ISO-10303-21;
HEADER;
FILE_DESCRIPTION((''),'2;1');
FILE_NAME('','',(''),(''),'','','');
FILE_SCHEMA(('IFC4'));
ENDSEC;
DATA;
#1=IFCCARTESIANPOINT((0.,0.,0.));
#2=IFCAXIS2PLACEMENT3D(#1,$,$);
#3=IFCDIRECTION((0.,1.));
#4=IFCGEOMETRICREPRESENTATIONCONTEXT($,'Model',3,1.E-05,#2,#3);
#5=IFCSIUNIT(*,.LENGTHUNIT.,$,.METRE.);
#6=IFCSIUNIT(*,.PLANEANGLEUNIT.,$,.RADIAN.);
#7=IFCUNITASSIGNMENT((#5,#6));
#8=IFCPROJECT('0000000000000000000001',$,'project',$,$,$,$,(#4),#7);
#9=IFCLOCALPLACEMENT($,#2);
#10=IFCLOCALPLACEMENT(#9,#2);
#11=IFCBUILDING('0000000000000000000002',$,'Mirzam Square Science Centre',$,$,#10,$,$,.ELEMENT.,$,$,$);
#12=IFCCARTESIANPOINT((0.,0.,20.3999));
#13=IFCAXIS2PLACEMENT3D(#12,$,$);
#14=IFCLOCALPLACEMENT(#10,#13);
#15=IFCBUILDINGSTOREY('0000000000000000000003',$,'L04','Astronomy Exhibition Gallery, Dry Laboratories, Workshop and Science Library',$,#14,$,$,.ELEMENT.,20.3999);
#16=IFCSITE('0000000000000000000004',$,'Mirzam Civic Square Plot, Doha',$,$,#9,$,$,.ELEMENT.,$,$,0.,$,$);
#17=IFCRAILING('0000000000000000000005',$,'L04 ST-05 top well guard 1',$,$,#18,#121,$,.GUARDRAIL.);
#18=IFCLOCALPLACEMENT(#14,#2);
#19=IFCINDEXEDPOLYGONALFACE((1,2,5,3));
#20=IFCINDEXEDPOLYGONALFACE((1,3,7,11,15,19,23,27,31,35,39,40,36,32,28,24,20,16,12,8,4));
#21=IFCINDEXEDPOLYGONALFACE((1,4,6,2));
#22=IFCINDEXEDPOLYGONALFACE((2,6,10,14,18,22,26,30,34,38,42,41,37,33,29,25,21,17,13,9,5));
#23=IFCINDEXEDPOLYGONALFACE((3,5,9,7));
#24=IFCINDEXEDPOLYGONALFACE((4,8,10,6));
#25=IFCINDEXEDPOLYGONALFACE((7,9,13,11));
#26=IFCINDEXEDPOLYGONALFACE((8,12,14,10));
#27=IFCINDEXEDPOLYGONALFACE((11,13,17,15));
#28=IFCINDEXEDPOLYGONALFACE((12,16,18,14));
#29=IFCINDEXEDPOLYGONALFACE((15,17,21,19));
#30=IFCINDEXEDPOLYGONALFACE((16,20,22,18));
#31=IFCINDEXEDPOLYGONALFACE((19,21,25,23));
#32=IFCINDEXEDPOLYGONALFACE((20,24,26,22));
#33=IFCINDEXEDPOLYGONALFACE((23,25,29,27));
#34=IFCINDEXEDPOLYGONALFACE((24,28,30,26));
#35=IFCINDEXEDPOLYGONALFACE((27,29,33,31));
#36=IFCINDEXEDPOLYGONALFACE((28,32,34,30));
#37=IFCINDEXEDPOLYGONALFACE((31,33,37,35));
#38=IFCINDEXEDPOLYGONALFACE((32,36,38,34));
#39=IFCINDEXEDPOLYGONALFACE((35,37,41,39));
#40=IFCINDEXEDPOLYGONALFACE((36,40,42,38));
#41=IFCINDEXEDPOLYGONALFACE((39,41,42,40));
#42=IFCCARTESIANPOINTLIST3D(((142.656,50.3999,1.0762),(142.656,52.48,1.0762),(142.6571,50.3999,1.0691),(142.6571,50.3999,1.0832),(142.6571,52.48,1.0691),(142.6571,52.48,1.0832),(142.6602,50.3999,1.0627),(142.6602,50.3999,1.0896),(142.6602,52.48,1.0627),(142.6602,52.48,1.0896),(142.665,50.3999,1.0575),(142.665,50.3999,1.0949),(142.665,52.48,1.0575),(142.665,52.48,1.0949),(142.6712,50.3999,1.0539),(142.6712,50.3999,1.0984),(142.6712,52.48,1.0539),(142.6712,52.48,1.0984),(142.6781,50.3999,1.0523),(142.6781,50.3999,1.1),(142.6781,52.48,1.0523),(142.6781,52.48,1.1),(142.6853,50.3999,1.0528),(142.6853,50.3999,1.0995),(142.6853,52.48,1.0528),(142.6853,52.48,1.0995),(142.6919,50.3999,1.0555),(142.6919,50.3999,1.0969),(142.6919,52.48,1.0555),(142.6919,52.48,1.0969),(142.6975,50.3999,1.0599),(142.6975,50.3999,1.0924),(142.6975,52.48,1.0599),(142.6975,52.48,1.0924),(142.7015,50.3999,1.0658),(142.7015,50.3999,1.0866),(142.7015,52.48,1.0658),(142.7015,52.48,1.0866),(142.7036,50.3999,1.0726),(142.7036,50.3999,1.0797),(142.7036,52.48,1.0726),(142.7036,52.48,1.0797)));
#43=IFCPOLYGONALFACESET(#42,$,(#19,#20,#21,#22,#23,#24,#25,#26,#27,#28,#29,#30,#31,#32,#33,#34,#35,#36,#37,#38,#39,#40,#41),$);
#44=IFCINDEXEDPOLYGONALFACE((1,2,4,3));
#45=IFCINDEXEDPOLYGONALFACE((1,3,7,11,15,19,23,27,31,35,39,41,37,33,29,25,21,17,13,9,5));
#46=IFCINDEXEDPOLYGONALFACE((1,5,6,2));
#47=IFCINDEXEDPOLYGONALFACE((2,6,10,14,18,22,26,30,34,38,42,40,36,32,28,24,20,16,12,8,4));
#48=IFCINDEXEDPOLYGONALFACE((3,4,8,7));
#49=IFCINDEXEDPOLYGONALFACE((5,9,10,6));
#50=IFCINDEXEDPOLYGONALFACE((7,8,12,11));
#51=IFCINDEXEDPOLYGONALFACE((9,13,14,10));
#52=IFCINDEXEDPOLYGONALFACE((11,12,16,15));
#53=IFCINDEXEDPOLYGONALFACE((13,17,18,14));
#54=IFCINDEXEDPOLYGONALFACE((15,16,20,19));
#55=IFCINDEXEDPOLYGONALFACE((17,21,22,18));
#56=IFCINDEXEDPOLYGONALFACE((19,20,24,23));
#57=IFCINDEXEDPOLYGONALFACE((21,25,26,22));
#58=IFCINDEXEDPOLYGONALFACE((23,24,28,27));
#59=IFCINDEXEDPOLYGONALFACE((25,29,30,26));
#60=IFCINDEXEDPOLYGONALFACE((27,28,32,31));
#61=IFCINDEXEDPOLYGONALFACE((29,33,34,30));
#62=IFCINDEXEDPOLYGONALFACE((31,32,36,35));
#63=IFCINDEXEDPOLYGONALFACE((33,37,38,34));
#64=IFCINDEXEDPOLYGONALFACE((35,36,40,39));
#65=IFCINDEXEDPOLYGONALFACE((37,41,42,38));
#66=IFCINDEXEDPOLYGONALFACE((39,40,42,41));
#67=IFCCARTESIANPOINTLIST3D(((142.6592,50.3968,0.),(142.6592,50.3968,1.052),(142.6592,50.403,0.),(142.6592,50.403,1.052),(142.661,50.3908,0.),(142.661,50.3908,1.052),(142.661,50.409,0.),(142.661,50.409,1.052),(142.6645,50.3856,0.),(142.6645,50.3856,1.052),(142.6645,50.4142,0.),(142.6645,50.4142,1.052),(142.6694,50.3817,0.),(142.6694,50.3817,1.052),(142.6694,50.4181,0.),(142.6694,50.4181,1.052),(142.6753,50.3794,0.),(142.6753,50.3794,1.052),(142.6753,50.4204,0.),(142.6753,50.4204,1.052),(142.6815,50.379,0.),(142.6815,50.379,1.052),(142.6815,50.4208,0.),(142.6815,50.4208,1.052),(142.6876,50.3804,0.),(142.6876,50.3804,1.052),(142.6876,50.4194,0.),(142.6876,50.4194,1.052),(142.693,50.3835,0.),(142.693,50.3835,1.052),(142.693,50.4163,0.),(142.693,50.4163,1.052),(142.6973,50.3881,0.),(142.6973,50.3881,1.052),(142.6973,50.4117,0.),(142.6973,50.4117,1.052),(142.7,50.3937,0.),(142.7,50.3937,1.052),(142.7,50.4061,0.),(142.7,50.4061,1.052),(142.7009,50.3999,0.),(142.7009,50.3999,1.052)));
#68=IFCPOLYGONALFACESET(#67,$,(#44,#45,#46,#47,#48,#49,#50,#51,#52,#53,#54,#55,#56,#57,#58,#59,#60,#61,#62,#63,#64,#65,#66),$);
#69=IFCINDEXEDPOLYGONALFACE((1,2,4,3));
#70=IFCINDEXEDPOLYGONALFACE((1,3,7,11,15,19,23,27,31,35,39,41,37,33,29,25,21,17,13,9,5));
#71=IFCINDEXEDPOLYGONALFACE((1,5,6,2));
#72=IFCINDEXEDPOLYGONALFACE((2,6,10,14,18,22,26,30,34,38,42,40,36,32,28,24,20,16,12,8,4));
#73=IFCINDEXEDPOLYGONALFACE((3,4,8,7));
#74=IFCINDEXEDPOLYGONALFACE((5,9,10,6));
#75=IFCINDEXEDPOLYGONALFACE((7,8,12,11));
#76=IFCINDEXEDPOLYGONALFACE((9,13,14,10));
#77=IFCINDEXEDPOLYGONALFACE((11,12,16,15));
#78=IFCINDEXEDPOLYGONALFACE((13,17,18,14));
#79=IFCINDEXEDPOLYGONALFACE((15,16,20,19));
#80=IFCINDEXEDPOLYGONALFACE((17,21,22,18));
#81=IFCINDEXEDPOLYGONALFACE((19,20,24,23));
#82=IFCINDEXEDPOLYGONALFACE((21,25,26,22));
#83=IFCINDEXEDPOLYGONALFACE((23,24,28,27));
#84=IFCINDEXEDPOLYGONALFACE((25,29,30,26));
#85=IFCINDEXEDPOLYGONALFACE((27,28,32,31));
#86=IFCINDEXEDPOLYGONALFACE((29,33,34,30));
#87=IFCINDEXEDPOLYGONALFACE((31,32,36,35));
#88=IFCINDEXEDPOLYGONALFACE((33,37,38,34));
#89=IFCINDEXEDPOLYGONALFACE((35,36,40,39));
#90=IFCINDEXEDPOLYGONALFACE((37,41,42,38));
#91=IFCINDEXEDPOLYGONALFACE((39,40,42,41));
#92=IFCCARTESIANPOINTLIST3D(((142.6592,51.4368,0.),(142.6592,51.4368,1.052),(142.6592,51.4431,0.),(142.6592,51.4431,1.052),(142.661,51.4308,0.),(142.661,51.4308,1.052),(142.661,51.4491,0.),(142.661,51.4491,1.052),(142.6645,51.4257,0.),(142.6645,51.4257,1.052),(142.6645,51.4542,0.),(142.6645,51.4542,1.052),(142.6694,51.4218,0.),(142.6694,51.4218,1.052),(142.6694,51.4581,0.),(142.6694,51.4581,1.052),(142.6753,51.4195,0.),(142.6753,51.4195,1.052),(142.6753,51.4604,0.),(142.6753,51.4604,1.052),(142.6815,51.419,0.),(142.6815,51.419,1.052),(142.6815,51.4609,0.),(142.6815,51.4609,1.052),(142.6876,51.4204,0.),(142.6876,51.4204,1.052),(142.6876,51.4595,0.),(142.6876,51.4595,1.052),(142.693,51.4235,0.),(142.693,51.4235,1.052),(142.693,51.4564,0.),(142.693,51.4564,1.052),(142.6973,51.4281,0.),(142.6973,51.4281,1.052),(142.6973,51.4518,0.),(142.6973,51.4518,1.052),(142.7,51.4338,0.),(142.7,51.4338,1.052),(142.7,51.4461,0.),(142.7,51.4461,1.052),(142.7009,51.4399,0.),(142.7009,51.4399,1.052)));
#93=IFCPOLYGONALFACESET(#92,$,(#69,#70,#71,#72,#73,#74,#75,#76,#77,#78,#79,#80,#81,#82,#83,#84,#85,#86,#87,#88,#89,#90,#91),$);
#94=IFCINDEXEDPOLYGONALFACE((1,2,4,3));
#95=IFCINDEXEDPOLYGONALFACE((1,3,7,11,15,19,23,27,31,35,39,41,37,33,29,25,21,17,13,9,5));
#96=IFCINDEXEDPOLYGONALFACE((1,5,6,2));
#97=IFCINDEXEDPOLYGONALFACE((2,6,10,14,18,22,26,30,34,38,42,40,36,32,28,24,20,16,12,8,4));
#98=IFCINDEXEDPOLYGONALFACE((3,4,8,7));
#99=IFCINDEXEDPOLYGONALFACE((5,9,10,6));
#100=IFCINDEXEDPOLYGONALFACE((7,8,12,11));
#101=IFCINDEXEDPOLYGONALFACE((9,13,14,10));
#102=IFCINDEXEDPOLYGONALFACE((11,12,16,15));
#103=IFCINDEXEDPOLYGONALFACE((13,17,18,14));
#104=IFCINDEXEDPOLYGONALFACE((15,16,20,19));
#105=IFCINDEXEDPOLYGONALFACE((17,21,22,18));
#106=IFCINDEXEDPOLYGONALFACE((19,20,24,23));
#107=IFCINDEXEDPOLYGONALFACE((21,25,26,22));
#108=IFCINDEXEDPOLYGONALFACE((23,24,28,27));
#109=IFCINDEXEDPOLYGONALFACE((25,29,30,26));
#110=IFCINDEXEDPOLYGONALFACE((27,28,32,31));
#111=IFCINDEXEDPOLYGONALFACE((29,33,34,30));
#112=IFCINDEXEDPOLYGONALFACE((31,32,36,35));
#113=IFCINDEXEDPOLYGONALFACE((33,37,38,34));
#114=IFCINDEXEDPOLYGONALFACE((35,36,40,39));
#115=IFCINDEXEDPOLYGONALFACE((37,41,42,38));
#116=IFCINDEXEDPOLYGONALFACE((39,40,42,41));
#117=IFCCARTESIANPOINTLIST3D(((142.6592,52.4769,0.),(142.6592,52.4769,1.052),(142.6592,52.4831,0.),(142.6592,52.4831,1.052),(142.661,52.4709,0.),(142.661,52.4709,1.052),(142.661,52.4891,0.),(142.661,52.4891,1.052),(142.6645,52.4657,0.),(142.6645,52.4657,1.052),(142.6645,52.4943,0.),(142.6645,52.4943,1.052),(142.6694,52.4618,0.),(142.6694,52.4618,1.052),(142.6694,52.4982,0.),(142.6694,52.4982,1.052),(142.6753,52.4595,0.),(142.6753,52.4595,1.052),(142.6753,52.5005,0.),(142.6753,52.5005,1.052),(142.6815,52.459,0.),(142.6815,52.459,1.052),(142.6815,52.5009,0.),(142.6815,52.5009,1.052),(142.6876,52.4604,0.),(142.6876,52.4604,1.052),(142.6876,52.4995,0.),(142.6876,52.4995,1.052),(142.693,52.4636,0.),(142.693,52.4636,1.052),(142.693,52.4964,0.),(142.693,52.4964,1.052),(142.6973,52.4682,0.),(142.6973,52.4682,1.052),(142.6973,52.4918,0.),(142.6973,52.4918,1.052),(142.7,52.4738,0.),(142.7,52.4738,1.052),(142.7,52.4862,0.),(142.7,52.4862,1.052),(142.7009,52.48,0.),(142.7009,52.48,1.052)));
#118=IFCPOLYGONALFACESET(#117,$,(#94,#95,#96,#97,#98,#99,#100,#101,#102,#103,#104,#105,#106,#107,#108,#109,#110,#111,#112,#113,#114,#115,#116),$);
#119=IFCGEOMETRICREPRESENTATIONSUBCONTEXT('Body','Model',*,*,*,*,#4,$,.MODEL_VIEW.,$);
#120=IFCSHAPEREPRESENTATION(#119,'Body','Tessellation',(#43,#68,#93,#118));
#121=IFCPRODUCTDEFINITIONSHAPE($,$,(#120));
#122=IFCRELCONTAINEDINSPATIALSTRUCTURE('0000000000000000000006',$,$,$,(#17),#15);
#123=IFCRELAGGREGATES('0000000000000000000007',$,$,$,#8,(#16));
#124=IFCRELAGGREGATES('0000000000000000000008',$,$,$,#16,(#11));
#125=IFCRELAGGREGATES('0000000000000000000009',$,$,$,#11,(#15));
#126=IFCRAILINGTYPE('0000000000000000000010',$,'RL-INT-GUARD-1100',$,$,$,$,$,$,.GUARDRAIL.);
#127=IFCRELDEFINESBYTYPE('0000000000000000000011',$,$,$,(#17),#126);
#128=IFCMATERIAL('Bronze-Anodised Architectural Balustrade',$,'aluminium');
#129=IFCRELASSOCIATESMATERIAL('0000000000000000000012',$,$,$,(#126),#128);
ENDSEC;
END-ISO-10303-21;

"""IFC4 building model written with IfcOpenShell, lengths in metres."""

from ifc_helpers import new_model, si_unit, direction, frame, origin, origin_2d, place, context, subcontext, project, spatial, circle, extrude, material, type_object, element, save


model = new_model("IFC4")

# Units and contexts
model_context = context("Model", 3, precision=1e-05, world=origin(), true_north=direction((0.0, 1.0)))
body_context = subcontext(model_context, "Body", "Model", "MODEL_VIEW")
ifc_project = project(units=[si_unit("LENGTHUNIT", "METRE"), si_unit("PLANEANGLEUNIT", "RADIAN")], contexts=[model_context])

# Site, building, storey
site_placement = place(None, origin())
site = spatial("IfcSite", under=ifc_project, at=site_placement, Name="Mirzam Civic Square Plot, Doha", CompositionType="ELEMENT", RefElevation=0.0)
building_placement = place(site_placement, origin())
building = spatial("IfcBuilding", under=site, at=building_placement, Name="Mirzam Square Science Centre", CompositionType="ELEMENT")
storey_placement = place(building_placement, frame((0.0, 0.0, 20.3999)))
storey = spatial("IfcBuildingStorey", under=building, at=storey_placement, Name="L04", Description="Astronomy Exhibition Gallery, Dry Laboratories, Workshop and Science Library", CompositionType="ELEMENT", Elevation=20.3999)

# Railing
ifc_material_1 = material(Name="Bronze-Anodised Architectural Balustrade", Category="aluminium")
railing_type = type_object("IfcRailingType", Name="RL-INT-GUARD-1100", PredefinedType="GUARDRAIL", material=ifc_material_1)
railing_placement = place(storey_placement, frame((142.6799, 50.3999, 0.0)))
element("IfcRailing", 1, at=railing_placement, inside=storey, type_object=railing_type, Name="L04 ST-05 top well guard 1", PredefinedType="GUARDRAIL", context=body_context, shape_type="SweptSolid", body=[
    extrude(circle(Radius=0.0239, at=origin_2d()), frame((0.0, 0.0, 1.0762), z_axis=(0.0, 1.0, 0.0), x_axis=(-1.0, 0.0, 0.0)), (0.0, 0.0, 1.0), 2.0801),
    extrude(circle(Radius=0.021, at=origin_2d()), origin(), (0.0, 0.0, 1.0), 1.052),
    extrude(circle(Radius=0.021, at=origin_2d()), frame((0.0, 1.04, 0.0)), (0.0, 0.0, 1.0), 1.052),
    extrude(circle(Radius=0.021, at=origin_2d()), frame((0.0, 2.0801, 0.0)), (0.0, 0.0, 1.0), 1.052),
])

save(model, "model.ifc")
